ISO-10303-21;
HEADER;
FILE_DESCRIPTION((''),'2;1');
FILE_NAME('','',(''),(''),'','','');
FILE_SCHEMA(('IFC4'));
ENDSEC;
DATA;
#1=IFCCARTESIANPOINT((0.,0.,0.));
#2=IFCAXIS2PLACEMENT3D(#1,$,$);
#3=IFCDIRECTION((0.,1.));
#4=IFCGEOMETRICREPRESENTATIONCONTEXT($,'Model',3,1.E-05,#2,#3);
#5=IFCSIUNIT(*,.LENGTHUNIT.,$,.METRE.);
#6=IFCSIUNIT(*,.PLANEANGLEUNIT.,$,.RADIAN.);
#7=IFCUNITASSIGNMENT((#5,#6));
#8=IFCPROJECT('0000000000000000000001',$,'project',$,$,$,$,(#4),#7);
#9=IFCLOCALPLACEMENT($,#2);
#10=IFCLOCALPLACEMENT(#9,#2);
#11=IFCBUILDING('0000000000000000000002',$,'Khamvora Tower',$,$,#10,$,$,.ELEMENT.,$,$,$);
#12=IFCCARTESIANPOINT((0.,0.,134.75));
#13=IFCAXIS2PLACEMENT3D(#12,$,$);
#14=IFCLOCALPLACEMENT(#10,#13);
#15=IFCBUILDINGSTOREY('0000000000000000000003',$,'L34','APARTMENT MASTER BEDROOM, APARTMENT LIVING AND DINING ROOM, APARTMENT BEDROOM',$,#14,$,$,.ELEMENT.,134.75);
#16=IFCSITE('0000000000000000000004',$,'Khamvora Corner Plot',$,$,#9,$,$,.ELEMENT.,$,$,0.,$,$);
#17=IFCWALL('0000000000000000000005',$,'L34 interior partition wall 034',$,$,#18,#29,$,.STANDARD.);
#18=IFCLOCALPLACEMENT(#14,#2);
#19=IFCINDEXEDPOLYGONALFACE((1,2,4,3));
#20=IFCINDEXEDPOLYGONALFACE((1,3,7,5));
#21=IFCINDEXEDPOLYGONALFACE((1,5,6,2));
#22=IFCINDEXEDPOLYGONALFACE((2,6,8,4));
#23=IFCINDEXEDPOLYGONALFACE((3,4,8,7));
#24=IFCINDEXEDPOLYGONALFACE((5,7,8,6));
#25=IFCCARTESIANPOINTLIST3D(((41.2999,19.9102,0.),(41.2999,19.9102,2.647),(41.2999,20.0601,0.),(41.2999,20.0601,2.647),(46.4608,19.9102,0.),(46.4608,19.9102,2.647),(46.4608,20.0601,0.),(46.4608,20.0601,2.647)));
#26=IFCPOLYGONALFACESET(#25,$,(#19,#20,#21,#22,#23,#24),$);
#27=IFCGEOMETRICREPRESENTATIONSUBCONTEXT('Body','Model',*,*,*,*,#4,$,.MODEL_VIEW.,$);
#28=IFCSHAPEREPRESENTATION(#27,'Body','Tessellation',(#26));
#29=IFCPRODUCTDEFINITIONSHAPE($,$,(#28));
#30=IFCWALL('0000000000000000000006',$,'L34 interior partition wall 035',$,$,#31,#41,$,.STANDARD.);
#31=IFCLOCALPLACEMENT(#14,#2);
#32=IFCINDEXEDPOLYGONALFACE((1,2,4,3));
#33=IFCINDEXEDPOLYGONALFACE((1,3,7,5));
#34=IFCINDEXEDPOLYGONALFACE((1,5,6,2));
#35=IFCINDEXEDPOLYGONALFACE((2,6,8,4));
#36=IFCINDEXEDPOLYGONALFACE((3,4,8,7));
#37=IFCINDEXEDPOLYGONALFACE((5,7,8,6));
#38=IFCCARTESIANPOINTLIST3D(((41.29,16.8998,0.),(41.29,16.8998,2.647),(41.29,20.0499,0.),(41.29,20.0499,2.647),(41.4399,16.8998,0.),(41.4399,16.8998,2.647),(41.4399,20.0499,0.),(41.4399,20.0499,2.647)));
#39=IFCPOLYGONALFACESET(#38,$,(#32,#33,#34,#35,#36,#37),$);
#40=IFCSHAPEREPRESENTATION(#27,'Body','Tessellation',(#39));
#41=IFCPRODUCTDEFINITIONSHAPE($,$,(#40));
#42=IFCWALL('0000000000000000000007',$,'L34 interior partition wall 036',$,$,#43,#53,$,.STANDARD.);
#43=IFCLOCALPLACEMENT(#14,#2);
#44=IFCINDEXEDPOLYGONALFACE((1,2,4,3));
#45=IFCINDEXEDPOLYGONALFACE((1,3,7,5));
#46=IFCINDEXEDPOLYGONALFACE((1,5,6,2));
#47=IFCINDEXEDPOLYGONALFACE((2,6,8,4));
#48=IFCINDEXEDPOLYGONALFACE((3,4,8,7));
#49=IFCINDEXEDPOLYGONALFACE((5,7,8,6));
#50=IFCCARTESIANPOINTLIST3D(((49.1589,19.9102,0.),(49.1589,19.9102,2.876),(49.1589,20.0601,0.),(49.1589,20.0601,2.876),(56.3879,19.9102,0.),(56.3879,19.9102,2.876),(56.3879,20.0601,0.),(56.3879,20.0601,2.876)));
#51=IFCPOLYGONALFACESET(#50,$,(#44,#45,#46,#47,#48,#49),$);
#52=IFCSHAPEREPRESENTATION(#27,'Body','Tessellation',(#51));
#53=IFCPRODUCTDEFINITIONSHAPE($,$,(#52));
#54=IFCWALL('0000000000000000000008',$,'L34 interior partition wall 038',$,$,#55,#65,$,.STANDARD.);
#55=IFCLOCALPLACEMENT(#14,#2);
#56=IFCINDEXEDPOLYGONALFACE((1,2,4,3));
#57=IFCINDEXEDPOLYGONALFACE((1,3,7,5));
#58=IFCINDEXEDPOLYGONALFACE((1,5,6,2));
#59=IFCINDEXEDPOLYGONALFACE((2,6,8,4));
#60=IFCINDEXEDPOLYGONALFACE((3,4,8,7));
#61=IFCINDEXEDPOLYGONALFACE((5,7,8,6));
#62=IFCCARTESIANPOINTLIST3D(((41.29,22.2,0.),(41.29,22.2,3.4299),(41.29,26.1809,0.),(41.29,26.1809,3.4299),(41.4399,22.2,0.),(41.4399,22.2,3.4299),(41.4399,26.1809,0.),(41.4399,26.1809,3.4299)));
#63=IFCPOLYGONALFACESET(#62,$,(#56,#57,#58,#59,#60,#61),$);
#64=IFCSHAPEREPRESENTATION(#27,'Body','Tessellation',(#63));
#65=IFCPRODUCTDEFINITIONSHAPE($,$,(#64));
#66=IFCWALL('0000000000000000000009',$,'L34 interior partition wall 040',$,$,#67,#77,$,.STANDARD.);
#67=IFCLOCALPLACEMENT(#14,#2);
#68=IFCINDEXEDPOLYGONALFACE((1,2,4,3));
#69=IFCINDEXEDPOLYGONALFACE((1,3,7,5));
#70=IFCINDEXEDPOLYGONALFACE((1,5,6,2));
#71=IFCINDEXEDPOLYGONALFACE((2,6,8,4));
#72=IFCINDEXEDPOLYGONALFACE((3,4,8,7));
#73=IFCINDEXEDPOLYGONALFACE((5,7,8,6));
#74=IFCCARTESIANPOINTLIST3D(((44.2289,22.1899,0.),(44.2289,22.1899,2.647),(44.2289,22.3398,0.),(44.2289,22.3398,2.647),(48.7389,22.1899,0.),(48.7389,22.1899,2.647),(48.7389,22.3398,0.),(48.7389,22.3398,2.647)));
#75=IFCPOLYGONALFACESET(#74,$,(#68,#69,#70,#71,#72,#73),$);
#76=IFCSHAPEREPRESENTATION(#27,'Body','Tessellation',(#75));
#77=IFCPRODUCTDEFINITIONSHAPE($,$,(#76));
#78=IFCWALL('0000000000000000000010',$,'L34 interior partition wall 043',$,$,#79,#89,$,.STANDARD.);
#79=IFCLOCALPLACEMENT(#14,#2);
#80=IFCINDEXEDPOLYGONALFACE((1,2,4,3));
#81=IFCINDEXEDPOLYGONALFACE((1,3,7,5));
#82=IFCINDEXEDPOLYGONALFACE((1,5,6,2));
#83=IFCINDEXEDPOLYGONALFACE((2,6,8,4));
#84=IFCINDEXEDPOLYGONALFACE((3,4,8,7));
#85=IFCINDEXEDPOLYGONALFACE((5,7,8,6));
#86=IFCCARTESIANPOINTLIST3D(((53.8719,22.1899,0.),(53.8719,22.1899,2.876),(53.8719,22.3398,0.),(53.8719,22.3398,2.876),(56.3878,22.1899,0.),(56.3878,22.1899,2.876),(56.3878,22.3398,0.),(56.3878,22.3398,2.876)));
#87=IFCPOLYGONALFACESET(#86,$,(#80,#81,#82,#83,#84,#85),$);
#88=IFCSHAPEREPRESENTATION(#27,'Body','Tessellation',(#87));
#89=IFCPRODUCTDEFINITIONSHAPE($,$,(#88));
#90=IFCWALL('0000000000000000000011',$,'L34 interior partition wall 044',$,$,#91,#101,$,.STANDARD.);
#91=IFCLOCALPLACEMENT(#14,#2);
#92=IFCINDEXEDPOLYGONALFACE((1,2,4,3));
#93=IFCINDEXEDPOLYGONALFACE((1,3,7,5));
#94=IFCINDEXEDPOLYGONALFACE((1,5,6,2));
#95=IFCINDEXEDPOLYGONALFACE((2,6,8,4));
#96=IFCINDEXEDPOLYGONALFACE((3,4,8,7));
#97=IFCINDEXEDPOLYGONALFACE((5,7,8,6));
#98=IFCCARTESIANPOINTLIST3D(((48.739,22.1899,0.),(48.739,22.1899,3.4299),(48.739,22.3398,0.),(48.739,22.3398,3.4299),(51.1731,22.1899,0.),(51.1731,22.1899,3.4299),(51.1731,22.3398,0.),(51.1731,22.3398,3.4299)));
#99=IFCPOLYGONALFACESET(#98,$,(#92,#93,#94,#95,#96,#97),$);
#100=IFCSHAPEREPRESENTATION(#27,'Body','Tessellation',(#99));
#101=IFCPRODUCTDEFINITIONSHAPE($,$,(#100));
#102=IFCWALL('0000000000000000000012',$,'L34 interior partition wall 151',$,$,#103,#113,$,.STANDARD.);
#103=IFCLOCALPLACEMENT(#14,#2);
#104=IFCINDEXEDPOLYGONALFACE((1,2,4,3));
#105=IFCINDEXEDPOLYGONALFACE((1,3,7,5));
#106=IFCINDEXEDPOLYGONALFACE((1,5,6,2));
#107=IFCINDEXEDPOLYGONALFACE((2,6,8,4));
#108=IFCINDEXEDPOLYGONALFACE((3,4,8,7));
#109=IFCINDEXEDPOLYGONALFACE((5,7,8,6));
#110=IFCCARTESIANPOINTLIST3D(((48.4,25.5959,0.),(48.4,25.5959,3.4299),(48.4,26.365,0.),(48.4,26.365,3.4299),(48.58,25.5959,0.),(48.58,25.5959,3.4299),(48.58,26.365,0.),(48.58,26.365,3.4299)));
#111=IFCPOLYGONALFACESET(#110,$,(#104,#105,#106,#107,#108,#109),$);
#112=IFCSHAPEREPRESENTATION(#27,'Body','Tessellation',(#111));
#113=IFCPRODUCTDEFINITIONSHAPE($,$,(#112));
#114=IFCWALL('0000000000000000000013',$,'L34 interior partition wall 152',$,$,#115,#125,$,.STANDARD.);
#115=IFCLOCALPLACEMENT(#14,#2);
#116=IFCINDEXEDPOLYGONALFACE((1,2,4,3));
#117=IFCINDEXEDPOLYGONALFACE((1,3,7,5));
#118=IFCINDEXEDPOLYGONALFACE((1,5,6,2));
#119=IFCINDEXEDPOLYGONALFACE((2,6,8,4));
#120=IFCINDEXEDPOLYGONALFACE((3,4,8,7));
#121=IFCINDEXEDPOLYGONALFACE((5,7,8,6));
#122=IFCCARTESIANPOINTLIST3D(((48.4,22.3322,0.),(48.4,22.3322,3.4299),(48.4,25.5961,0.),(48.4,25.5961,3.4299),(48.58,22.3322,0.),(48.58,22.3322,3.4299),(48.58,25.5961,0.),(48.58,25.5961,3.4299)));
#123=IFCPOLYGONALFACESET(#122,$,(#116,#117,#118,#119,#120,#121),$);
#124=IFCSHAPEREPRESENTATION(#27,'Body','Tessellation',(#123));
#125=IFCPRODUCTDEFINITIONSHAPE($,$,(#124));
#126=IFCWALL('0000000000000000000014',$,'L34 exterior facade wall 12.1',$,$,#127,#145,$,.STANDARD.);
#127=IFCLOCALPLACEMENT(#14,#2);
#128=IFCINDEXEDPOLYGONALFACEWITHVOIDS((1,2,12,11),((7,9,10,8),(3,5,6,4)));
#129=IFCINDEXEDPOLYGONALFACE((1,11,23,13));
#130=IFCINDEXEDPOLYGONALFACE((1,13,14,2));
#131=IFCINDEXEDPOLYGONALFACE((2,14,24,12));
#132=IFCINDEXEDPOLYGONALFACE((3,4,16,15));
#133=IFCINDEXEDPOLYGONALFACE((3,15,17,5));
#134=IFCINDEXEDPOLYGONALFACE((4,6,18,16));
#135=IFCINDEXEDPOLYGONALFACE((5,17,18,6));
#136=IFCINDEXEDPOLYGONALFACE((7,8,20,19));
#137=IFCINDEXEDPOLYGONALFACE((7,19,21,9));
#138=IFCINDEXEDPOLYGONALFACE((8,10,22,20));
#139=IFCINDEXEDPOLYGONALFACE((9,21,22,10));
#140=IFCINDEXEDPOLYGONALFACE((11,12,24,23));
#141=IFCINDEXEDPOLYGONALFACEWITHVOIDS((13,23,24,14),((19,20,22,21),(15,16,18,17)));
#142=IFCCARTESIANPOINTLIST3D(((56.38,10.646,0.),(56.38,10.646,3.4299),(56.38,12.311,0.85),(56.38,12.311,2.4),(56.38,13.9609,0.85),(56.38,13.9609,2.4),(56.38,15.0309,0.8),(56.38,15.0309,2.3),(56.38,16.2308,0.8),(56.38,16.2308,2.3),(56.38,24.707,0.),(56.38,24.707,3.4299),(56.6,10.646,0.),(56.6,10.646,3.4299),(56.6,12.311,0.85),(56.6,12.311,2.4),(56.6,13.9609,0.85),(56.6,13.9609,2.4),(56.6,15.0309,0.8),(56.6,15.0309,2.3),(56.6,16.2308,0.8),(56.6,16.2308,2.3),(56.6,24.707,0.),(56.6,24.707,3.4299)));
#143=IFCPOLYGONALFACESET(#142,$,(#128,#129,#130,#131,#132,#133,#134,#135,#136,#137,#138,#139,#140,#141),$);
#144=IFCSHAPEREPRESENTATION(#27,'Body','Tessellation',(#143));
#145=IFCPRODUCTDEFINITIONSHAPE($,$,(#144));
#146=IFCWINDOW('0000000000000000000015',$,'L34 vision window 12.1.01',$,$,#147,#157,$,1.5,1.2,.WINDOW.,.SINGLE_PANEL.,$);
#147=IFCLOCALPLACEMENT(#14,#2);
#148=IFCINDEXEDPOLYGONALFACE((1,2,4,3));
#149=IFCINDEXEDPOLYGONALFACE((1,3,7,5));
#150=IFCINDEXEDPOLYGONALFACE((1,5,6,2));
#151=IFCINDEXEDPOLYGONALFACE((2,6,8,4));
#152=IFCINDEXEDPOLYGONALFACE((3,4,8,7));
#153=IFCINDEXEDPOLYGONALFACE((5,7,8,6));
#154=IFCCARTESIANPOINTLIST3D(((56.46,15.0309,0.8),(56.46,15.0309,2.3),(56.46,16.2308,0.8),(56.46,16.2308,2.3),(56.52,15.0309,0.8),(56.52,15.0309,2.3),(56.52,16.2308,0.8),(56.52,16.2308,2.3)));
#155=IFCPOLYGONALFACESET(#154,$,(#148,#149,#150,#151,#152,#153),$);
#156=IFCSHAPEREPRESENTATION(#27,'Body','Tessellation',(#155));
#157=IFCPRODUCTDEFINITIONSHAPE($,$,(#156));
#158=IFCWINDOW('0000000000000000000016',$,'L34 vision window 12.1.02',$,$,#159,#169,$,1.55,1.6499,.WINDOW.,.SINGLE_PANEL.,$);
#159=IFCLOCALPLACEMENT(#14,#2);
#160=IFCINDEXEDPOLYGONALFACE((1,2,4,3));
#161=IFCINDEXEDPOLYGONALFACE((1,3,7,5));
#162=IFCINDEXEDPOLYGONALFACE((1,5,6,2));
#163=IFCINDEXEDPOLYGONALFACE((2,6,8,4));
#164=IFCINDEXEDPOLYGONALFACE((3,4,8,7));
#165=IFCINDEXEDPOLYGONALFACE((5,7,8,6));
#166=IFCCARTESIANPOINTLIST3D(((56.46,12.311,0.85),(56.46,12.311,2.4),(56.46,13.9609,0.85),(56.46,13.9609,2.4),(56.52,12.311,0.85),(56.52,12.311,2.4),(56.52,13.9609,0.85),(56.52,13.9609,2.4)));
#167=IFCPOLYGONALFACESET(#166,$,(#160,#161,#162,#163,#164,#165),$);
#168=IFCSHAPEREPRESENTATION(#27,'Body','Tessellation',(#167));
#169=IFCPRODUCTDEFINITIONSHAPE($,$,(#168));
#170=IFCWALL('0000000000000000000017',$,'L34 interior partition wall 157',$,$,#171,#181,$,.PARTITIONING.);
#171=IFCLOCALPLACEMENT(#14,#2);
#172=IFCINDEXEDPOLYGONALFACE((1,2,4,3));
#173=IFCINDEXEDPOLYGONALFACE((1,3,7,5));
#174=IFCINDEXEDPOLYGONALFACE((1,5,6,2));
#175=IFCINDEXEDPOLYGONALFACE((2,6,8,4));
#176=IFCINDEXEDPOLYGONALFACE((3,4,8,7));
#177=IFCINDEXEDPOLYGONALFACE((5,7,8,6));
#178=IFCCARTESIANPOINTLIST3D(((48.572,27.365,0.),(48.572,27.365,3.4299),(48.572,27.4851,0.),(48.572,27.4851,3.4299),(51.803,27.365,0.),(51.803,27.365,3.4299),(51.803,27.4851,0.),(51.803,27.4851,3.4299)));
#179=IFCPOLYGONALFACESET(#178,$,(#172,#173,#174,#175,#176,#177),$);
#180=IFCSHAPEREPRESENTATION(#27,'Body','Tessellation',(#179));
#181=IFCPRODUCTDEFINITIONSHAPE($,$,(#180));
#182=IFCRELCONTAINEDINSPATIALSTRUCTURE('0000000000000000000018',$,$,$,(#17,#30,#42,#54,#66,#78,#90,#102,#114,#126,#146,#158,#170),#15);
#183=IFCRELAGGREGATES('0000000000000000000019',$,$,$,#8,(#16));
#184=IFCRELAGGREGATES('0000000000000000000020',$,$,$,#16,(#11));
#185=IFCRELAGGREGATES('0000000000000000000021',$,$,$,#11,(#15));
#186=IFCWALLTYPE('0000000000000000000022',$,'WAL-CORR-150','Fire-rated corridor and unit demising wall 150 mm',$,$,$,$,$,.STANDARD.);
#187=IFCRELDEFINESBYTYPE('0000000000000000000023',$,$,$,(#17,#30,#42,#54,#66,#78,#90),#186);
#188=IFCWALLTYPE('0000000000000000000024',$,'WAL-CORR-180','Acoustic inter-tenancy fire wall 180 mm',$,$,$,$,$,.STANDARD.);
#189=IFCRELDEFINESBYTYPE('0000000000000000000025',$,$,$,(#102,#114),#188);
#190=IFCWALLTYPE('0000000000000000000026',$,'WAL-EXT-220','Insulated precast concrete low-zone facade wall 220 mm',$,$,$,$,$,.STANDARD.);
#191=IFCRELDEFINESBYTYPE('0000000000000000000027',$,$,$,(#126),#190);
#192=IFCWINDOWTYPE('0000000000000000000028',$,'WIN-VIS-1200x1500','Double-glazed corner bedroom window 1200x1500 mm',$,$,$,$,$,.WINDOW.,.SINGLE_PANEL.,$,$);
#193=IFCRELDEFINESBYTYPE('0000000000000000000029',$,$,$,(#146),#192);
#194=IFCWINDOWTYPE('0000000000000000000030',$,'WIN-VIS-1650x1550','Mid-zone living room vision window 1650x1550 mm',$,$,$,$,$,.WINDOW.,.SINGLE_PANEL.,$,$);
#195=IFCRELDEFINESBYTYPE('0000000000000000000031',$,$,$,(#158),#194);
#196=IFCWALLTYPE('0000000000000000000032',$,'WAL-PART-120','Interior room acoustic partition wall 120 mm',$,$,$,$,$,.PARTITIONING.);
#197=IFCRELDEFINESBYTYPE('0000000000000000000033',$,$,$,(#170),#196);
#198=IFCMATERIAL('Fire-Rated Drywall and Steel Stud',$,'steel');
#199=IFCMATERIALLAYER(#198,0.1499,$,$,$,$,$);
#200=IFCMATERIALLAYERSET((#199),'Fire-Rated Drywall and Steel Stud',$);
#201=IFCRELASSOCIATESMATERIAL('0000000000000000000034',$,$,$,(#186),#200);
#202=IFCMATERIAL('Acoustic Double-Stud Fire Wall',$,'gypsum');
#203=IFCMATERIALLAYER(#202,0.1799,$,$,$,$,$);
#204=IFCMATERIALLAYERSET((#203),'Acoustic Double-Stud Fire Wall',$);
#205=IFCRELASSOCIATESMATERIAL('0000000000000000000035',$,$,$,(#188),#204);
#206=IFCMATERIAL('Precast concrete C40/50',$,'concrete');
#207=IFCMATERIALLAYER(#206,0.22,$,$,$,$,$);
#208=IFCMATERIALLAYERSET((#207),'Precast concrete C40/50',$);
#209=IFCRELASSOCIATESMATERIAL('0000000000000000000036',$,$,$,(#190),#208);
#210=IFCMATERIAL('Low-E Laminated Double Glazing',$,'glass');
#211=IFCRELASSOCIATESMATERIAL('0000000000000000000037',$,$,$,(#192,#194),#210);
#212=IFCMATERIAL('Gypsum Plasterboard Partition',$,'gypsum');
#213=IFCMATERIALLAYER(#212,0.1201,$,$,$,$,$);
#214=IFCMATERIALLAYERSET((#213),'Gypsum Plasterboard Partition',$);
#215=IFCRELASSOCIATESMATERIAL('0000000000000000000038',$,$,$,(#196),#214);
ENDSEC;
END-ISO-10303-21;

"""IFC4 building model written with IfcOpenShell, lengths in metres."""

from ifc_helpers import new_model, si_unit, direction, frame, frame_2d, origin, place, context, subcontext, project, spatial, rectangle, extrude, material, layer, layer_set, type_object, element, fill, save


model = new_model("IFC4")

# Units and contexts
model_context = context("Model", 3, precision=1e-05, world=origin(), true_north=direction((0.0, 1.0)))
body_context = subcontext(model_context, "Body", "Model", "MODEL_VIEW")
ifc_project = project(units=[si_unit("LENGTHUNIT", "METRE"), si_unit("PLANEANGLEUNIT", "RADIAN")], contexts=[model_context])

# Site, building, storey
site_placement = place(None, origin())
site = spatial("IfcSite", under=ifc_project, at=site_placement, Name="Khamvora Corner Plot", CompositionType="ELEMENT", RefElevation=0.0)
building_placement = place(site_placement, origin())
building = spatial("IfcBuilding", under=site, at=building_placement, Name="Khamvora Tower", CompositionType="ELEMENT")
storey_placement = place(building_placement, frame((0.0, 0.0, 134.75)))
storey = spatial("IfcBuildingStorey", under=building, at=storey_placement, Name="L34", Description="APARTMENT MASTER BEDROOM, APARTMENT LIVING AND DINING ROOM, APARTMENT BEDROOM", CompositionType="ELEMENT", Elevation=134.75)

# Shared definitions
ifc_material_1 = material(Name="Fire-Rated Drywall and Steel Stud", Category="steel")
ifc_layer_1 = layer(ifc_material_1, 0.1499)
ifc_layer_set_1 = layer_set([ifc_layer_1], Name="Fire-Rated Drywall and Steel Stud")
wall_type_1 = type_object("IfcWallType", Name="WAL-CORR-150", Description="Fire-rated corridor and unit demising wall 150 mm", PredefinedType="STANDARD", material=ifc_layer_set_1)

# Walls
wall_1_placement = place(storey_placement, frame((46.4609, 19.9851, 0.0), z_axis=(0.0, 0.0, 1.0), x_axis=(-1.0, 0.0, 0.0)))
element("IfcWall", 1, at=wall_1_placement, inside=storey, type_object=wall_type_1, Name="L34 interior partition wall 034", PredefinedType="STANDARD", context=body_context, shape_type="SweptSolid", body=[
    extrude(rectangle(XDim=5.1609, YDim=0.1499, at=frame_2d((2.5806, 0.0))), origin(), (0.0, 0.0, 1.0), 2.647),
])
wall_2_placement = place(storey_placement, frame((41.365, 20.05, 0.0), z_axis=(0.0, 0.0, 1.0), x_axis=(0.0, -1.0, 0.0)))
element("IfcWall", 2, at=wall_2_placement, inside=storey, type_object=wall_type_1, Name="L34 interior partition wall 035", PredefinedType="STANDARD", context=body_context, shape_type="SweptSolid", body=[
    extrude(rectangle(XDim=3.1501, YDim=0.1499, at=frame_2d((1.5752, 0.0))), origin(), (0.0, 0.0, 1.0), 2.647),
])
wall_3_placement = place(storey_placement, frame((56.3879, 19.9851, 0.0), z_axis=(0.0, 0.0, 1.0), x_axis=(-1.0, 0.0, 0.0)))
element("IfcWall", 3, at=wall_3_placement, inside=storey, type_object=wall_type_1, Name="L34 interior partition wall 036", PredefinedType="STANDARD", context=body_context, shape_type="SweptSolid", body=[
    extrude(rectangle(XDim=7.229, YDim=0.1499, at=frame_2d((3.6145, 0.0))), origin(), (0.0, 0.0, 1.0), 2.876),
])
wall_4_placement = place(storey_placement, frame((41.365, 26.1809, 0.0), z_axis=(0.0, 0.0, 1.0), x_axis=(0.0, -1.0, 0.0)))
element("IfcWall", 4, at=wall_4_placement, inside=storey, type_object=wall_type_1, Name="L34 interior partition wall 038", PredefinedType="STANDARD", context=body_context, shape_type="SweptSolid", body=[
    extrude(rectangle(XDim=3.981, YDim=0.1499, at=frame_2d((1.9905, 0.0))), origin(), (0.0, 0.0, 1.0), 3.4299),
])
wall_5_placement = place(storey_placement, frame((44.229, 22.2649, 0.0), z_axis=(0.0, 0.0, 1.0), x_axis=(1.0, 0.0, 0.0)))
element("IfcWall", 5, at=wall_5_placement, inside=storey, type_object=wall_type_1, Name="L34 interior partition wall 040", PredefinedType="STANDARD", context=body_context, shape_type="SweptSolid", body=[
    extrude(rectangle(XDim=4.51, YDim=0.1499, at=frame_2d((2.2549, 0.0))), origin(), (0.0, 0.0, 1.0), 2.647),
])

# Walls
wall_6_placement = place(storey_placement, frame((53.8721, 22.2649, 0.0), z_axis=(0.0, 0.0, 1.0), x_axis=(1.0, 0.0, 0.0)))
element("IfcWall", 6, at=wall_6_placement, inside=storey, type_object=wall_type_1, Name="L34 interior partition wall 043", PredefinedType="STANDARD", context=body_context, shape_type="SweptSolid", body=[
    extrude(rectangle(XDim=2.5159, YDim=0.1499, at=frame_2d((1.2578, 0.0))), origin(), (0.0, 0.0, 1.0), 2.876),
])
wall_7_placement = place(storey_placement, frame((48.739, 22.2649, 0.0), z_axis=(0.0, 0.0, 1.0), x_axis=(1.0, 0.0, 0.0)))
element("IfcWall", 7, at=wall_7_placement, inside=storey, type_object=wall_type_1, Name="L34 interior partition wall 044", PredefinedType="STANDARD", context=body_context, shape_type="SweptSolid", body=[
    extrude(rectangle(XDim=2.4341, YDim=0.1499, at=frame_2d((1.217, 0.0))), origin(), (0.0, 0.0, 1.0), 3.4299),
])
ifc_material_2 = material(Name="Acoustic Double-Stud Fire Wall", Category="gypsum")
ifc_layer_2 = layer(ifc_material_2, 0.1799)
ifc_layer_set_2 = layer_set([ifc_layer_2], Name="Acoustic Double-Stud Fire Wall")
wall_type_2 = type_object("IfcWallType", Name="WAL-CORR-180", Description="Acoustic inter-tenancy fire wall 180 mm", PredefinedType="STANDARD", material=ifc_layer_set_2)
wall_8_placement = place(storey_placement, frame((48.49, 26.365, 0.0), z_axis=(0.0, 0.0, 1.0), x_axis=(0.0, -1.0, 0.0)))
element("IfcWall", 8, at=wall_8_placement, inside=storey, type_object=wall_type_2, Name="L34 interior partition wall 151", PredefinedType="STANDARD", context=body_context, shape_type="SweptSolid", body=[
    extrude(rectangle(XDim=0.769, YDim=0.1799, at=frame_2d((0.3845, 0.0))), origin(), (0.0, 0.0, 1.0), 3.4299),
])
wall_9_placement = place(storey_placement, frame((48.49, 25.5959, 0.0), z_axis=(0.0, 0.0, 1.0), x_axis=(0.0, -1.0, 0.0)))
element("IfcWall", 9, at=wall_9_placement, inside=storey, type_object=wall_type_2, Name="L34 interior partition wall 152", PredefinedType="STANDARD", context=body_context, shape_type="SweptSolid", body=[
    extrude(rectangle(XDim=3.2639, YDim=0.1799, at=frame_2d((1.6318, 0.0))), origin(), (0.0, 0.0, 1.0), 3.4299),
])

# Wall, openings, windows
ifc_material_3 = material(Name="Precast concrete C40/50", Category="concrete")
ifc_layer_3 = layer(ifc_material_3, 0.22)
ifc_layer_set_3 = layer_set([ifc_layer_3], Name="Precast concrete C40/50")
wall_type_3 = type_object("IfcWallType", Name="WAL-EXT-220", Description="Insulated precast concrete low-zone facade wall 220 mm", PredefinedType="STANDARD", material=ifc_layer_set_3)
wall_10_placement = place(storey_placement, frame((56.49, 24.707, 0.0), z_axis=(0.0, 0.0, 1.0), x_axis=(0.0, -1.0, 0.0)))
wall_10 = element("IfcWall", 10, at=wall_10_placement, inside=storey, type_object=wall_type_3, Name="L34 exterior facade wall 12.1", PredefinedType="STANDARD", context=body_context, shape_type="SweptSolid", body=[
    extrude(rectangle(XDim=14.061, YDim=0.22, at=frame_2d((7.0305, 0.0))), origin(), (0.0, 0.0, 1.0), 3.4299),
])
opening_1_placement = place(wall_10_placement, frame((8.4761, 0.0, 0.8)))
opening_1 = element("IfcOpeningElement", 11, at=opening_1_placement, cuts=wall_10, PredefinedType="OPENING", context=body_context, shape_type="SweptSolid", body=[
    extrude(rectangle(XDim=1.2, YDim=1.5, at=frame_2d((0.6001, 0.75))), frame((0.0, 0.1199, 0.0), z_axis=(0.0, -1.0, 0.0), x_axis=(1.0, 0.0, 0.0)), (0.0, 0.0, 1.0), 0.24),
])
opening_2_placement = place(wall_10_placement, frame((10.7461, 0.0, 0.8501)))
opening_2 = element("IfcOpeningElement", 12, at=opening_2_placement, cuts=wall_10, PredefinedType="OPENING", context=body_context, shape_type="SweptSolid", body=[
    extrude(rectangle(XDim=1.6499, YDim=1.55, at=frame_2d((0.825, 0.7749))), frame((0.0, 0.1199, 0.0), z_axis=(0.0, -1.0, 0.0), x_axis=(1.0, 0.0, 0.0)), (0.0, 0.0, 1.0), 0.24),
])
ifc_material_4 = material(Name="Low-E Laminated Double Glazing", Category="glass")
window_type_1 = type_object("IfcWindowType", Name="WIN-VIS-1200x1500", Description="Double-glazed corner bedroom window 1200x1500 mm", PartitioningType="SINGLE_PANEL", PredefinedType="WINDOW", material=ifc_material_4)
window_1_placement = place(opening_1_placement, origin())
window_1 = element("IfcWindow", 13, at=window_1_placement, inside=storey, type_object=window_type_1, Name="L34 vision window 12.1.01", OverallHeight=1.5, OverallWidth=1.2, PartitioningType="SINGLE_PANEL", PredefinedType="WINDOW", context=body_context, shape_type="SweptSolid", body=[
    extrude(rectangle(XDim=1.2, YDim=1.5, at=frame_2d((0.6001, 0.75))), frame((0.0, 0.03, 0.0), z_axis=(0.0, -1.0, 0.0), x_axis=(1.0, 0.0, 0.0)), (0.0, 0.0, 1.0), 0.0601),
])
fill(opening_1, window_1)
window_type_2 = type_object("IfcWindowType", Name="WIN-VIS-1650x1550", Description="Mid-zone living room vision window 1650x1550 mm", PartitioningType="SINGLE_PANEL", PredefinedType="WINDOW", material=ifc_material_4)
window_2_placement = place(opening_2_placement, origin())
window_2 = element("IfcWindow", 14, at=window_2_placement, inside=storey, type_object=window_type_2, Name="L34 vision window 12.1.02", OverallHeight=1.55, OverallWidth=1.6499, PartitioningType="SINGLE_PANEL", PredefinedType="WINDOW", context=body_context, shape_type="SweptSolid", body=[
    extrude(rectangle(XDim=1.6499, YDim=1.55, at=frame_2d((0.825, 0.7749))), frame((0.0, 0.03, 0.0), z_axis=(0.0, -1.0, 0.0), x_axis=(1.0, 0.0, 0.0)), (0.0, 0.0, 1.0), 0.0601),
])
fill(opening_2, window_2)

# Wall
ifc_material_5 = material(Name="Gypsum Plasterboard Partition", Category="gypsum")
ifc_layer_4 = layer(ifc_material_5, 0.1201)
ifc_layer_set_4 = layer_set([ifc_layer_4], Name="Gypsum Plasterboard Partition")
wall_type_4 = type_object("IfcWallType", Name="WAL-PART-120", Description="Interior room acoustic partition wall 120 mm", PredefinedType="PARTITIONING", material=ifc_layer_set_4)
wall_11_placement = place(storey_placement, frame((48.572, 27.425, 0.0), z_axis=(0.0, 0.0, 1.0), x_axis=(1.0, 0.0, 0.0)))
element("IfcWall", 15, at=wall_11_placement, inside=storey, type_object=wall_type_4, Name="L34 interior partition wall 157", PredefinedType="PARTITIONING", context=body_context, shape_type="SweptSolid", body=[
    extrude(rectangle(XDim=3.231, YDim=0.1201, at=frame_2d((1.6155, 0.0))), origin(), (0.0, 0.0, 1.0), 3.4299),
])

save(model, "model.ifc")
